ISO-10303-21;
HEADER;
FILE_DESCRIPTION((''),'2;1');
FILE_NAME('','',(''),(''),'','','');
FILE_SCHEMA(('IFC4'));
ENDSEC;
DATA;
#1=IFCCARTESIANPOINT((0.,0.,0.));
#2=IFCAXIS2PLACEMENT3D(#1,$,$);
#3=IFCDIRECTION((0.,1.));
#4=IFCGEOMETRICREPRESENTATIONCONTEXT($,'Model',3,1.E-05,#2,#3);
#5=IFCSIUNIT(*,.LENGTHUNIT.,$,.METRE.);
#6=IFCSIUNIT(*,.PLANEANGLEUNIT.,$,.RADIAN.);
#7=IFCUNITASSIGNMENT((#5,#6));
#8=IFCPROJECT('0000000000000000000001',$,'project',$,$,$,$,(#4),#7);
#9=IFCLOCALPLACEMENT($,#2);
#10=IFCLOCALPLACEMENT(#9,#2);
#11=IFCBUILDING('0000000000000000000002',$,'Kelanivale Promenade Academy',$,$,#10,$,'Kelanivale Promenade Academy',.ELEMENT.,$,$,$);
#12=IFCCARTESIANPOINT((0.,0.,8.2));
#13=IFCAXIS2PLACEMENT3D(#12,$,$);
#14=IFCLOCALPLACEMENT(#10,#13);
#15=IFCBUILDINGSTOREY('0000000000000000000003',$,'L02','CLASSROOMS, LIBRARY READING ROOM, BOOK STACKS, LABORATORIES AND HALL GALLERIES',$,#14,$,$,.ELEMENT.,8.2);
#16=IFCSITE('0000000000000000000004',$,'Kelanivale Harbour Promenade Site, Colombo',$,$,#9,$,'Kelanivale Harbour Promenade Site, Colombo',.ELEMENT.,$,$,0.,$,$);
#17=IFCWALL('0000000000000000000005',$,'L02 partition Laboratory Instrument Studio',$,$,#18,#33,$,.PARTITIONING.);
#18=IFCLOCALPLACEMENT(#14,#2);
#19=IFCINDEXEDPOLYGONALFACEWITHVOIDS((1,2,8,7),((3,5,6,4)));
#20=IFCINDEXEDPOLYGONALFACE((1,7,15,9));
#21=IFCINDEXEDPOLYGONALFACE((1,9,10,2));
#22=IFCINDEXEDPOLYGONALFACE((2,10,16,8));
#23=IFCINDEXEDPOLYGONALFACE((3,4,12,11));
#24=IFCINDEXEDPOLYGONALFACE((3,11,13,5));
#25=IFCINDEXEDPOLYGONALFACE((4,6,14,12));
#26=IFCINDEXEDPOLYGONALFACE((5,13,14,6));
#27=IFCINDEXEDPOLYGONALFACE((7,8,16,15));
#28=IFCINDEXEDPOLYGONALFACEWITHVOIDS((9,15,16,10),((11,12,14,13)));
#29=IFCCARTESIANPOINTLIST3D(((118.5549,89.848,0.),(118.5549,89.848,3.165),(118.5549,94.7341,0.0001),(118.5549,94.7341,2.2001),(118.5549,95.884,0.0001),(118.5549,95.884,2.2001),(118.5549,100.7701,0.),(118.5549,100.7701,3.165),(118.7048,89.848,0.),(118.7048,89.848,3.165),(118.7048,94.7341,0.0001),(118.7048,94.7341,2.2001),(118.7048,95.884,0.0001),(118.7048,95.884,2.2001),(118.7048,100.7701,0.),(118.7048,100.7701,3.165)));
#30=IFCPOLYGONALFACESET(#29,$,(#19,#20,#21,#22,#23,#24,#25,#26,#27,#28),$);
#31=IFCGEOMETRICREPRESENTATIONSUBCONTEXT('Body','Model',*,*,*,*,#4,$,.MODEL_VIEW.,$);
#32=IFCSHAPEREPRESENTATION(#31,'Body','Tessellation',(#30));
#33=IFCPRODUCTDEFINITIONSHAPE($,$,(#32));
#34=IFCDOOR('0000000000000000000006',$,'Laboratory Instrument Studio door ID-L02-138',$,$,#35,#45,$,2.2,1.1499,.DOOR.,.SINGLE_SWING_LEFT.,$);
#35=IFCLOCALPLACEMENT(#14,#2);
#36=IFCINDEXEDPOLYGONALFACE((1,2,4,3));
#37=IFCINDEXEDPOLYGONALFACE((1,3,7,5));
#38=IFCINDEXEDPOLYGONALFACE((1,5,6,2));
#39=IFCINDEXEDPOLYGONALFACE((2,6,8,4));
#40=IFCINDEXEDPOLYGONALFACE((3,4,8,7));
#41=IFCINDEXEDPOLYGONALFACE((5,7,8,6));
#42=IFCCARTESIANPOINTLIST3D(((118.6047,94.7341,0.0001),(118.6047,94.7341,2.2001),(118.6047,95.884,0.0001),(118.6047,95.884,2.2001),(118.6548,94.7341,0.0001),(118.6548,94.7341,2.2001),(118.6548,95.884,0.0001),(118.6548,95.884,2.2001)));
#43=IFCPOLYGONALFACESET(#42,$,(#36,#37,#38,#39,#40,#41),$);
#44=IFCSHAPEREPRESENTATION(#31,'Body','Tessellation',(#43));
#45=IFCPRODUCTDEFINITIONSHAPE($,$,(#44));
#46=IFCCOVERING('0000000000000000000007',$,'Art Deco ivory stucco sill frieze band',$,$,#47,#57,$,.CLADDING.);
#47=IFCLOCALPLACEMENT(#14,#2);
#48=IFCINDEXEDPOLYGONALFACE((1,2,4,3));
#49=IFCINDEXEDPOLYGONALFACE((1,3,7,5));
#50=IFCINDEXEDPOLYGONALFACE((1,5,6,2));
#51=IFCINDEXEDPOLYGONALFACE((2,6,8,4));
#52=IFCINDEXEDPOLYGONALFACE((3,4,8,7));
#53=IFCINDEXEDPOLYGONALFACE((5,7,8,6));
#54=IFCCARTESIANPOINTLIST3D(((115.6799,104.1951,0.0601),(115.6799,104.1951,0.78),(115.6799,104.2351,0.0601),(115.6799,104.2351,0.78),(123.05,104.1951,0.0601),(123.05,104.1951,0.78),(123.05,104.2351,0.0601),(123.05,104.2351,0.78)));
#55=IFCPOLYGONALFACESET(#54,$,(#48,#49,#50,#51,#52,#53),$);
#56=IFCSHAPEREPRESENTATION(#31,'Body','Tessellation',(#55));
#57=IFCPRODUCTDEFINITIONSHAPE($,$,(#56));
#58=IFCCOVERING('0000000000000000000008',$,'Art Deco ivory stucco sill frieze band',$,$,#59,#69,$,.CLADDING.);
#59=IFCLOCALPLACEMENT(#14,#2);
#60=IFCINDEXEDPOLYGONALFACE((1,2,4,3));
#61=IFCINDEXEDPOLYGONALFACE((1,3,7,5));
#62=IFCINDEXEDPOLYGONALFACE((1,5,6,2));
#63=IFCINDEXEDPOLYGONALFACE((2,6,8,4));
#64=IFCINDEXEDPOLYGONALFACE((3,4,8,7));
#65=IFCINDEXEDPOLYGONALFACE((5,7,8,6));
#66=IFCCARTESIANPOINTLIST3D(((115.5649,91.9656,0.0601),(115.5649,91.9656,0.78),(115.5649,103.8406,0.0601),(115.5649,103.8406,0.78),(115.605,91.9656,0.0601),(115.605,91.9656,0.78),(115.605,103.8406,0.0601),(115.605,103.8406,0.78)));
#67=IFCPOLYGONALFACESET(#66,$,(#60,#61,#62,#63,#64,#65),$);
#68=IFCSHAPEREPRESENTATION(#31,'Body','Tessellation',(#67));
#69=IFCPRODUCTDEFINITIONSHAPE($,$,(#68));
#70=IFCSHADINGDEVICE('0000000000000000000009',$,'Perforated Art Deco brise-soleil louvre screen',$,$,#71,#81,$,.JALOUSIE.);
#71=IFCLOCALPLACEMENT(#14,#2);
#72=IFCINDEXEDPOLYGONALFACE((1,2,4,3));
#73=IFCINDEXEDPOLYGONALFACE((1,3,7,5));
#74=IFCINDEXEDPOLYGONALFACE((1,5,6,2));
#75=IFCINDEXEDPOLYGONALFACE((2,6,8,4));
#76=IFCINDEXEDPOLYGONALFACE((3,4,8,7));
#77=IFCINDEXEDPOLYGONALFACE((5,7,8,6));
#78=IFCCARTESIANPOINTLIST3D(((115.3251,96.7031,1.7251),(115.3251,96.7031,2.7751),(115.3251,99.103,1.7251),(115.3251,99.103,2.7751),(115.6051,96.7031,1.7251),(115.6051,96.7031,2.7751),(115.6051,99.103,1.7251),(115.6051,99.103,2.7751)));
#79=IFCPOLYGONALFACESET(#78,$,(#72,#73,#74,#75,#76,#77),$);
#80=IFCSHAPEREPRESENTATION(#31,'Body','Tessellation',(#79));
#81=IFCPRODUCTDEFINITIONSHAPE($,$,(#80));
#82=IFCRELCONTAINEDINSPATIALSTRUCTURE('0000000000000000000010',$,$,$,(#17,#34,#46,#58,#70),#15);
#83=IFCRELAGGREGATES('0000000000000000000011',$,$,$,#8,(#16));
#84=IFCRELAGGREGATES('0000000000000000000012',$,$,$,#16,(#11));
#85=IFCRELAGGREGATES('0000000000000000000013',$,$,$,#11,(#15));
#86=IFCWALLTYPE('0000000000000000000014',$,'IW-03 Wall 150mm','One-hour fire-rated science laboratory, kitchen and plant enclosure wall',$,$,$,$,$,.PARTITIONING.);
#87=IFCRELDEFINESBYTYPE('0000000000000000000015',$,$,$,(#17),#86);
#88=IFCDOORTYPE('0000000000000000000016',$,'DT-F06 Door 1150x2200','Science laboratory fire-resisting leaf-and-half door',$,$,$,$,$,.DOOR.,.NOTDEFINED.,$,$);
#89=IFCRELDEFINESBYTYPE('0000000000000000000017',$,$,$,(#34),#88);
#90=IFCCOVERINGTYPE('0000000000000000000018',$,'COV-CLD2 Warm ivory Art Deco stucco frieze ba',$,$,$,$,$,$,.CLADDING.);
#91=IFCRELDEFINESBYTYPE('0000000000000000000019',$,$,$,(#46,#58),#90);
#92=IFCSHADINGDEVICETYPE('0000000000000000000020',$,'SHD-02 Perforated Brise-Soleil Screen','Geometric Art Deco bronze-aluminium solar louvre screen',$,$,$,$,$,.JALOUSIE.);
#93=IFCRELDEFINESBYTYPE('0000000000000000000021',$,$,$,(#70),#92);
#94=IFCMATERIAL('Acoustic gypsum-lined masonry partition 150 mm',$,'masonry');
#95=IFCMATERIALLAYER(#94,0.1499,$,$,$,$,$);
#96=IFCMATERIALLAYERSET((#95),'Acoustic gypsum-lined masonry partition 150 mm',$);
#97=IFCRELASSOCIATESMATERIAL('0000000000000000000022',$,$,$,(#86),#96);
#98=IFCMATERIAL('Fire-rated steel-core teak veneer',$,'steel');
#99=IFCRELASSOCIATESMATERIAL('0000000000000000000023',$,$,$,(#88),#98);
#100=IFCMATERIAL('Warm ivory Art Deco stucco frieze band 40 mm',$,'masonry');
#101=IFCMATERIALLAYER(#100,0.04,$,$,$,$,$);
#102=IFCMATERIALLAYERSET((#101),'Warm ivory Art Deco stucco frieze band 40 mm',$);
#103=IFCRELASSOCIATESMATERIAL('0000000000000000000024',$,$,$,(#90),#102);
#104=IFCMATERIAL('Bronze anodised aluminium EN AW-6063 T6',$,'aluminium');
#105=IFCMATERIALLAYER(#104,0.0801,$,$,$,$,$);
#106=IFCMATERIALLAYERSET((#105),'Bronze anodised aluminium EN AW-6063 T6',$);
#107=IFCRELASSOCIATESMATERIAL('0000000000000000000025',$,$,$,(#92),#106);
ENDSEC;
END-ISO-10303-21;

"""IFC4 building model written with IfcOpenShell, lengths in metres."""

from ifc_helpers import new_model, si_unit, direction, frame, frame_2d, origin, origin_2d, place, context, subcontext, project, spatial, rectangle, extrude, material, layer, layer_set, type_object, element, fill, save


model = new_model("IFC4")

# Units and contexts
model_context = context("Model", 3, precision=1e-05, world=origin(), true_north=direction((0.0, 1.0)))
body_context = subcontext(model_context, "Body", "Model", "MODEL_VIEW")
ifc_project = project(units=[si_unit("LENGTHUNIT", "METRE"), si_unit("PLANEANGLEUNIT", "RADIAN")], contexts=[model_context])

# Site, building, storey
site_placement = place(None, origin())
site = spatial("IfcSite", under=ifc_project, at=site_placement, Name="Kelanivale Harbour Promenade Site, Colombo", LongName="Kelanivale Harbour Promenade Site, Colombo", CompositionType="ELEMENT", RefElevation=0.0)
building_placement = place(site_placement, origin())
building = spatial("IfcBuilding", under=site, at=building_placement, Name="Kelanivale Promenade Academy", LongName="Kelanivale Promenade Academy", CompositionType="ELEMENT")
storey_placement = place(building_placement, frame((0.0, 0.0, 8.2)))
storey = spatial("IfcBuildingStorey", under=building, at=storey_placement, Name="L02", Description="CLASSROOMS, LIBRARY READING ROOM, BOOK STACKS, LABORATORIES AND HALL GALLERIES", CompositionType="ELEMENT", Elevation=8.2)

# Shared definitions
ifc_material_1 = material(Name="Fire-rated steel-core teak veneer", Category="steel")

# Shared definitions
ifc_material_2 = material(Name="Acoustic gypsum-lined masonry partition 150 mm", Category="masonry")
ifc_layer_1 = layer(ifc_material_2, 0.1499)
ifc_layer_set_1 = layer_set([ifc_layer_1], Name="Acoustic gypsum-lined masonry partition 150 mm")
wall_type_1 = type_object("IfcWallType", Name="IW-03 Wall 150mm", Description="One-hour fire-rated science laboratory, kitchen and plant enclosure wall", PredefinedType="PARTITIONING", material=ifc_layer_set_1)

# Wall, opening, door
wall_1_placement = place(storey_placement, frame((118.6299, 100.77, 0.0), z_axis=(0.0, 0.0, 1.0), x_axis=(0.0, -1.0, 0.0)))
wall_1 = element("IfcWall", 1, at=wall_1_placement, inside=storey, type_object=wall_type_1, Name="L02 partition Laboratory Instrument Studio", PredefinedType="PARTITIONING", context=body_context, shape_type="SweptSolid", body=[
    extrude(rectangle(XDim=10.9221, YDim=0.1499, at=frame_2d((5.4609, 0.0))), origin(), (0.0, 0.0, 1.0), 3.165),
])
opening_1_placement = place(wall_1_placement, frame((4.886, 0.0, 0.0)))
opening_1 = element("IfcOpeningElement", 2, at=opening_1_placement, cuts=wall_1, PredefinedType="OPENING", context=body_context, shape_type="SweptSolid", body=[
    extrude(rectangle(XDim=1.1499, YDim=2.2, at=frame_2d((0.575, 1.1001))), frame((0.0, 0.085, 0.0), z_axis=(0.0, -1.0, 0.0), x_axis=(1.0, 0.0, 0.0)), (0.0, 0.0, 1.0), 0.1699),
])
door_type_1 = type_object("IfcDoorType", Name="DT-F06 Door 1150x2200", Description="Science laboratory fire-resisting leaf-and-half door", OperationType="NOTDEFINED", PredefinedType="DOOR", material=ifc_material_1)
door_1_placement = place(opening_1_placement, origin())
door_1 = element("IfcDoor", 3, at=door_1_placement, inside=storey, type_object=door_type_1, Name="Laboratory Instrument Studio door ID-L02-138", OperationType="SINGLE_SWING_LEFT", OverallHeight=2.2, OverallWidth=1.1499, PredefinedType="DOOR", context=body_context, shape_type="SweptSolid", body=[
    extrude(rectangle(XDim=1.1499, YDim=2.2, at=frame_2d((0.575, 1.1001))), frame((0.0, 0.0249, 0.0), z_axis=(0.0, -1.0, 0.0), x_axis=(1.0, 0.0, 0.0)), (0.0, 0.0, 1.0), 0.05),
])
fill(opening_1, door_1)

# Coverings
ifc_material_3 = material(Name="Warm ivory Art Deco stucco frieze band 40 mm", Category="masonry")
ifc_layer_2 = layer(ifc_material_3, 0.04)
ifc_layer_set_2 = layer_set([ifc_layer_2], Name="Warm ivory Art Deco stucco frieze band 40 mm")
covering_type = type_object("IfcCoveringType", Name="COV-CLD2 Warm ivory Art Deco stucco frieze ba", PredefinedType="CLADDING", material=ifc_layer_set_2)
covering_1_placement = place(storey_placement, frame((119.365, 104.2151, 0.0601), z_axis=(0.0, 0.0, 1.0), x_axis=(-1.0, 0.0, 0.0)))
element("IfcCovering", 4, at=covering_1_placement, inside=storey, type_object=covering_type, Name="Art Deco ivory stucco sill frieze band", PredefinedType="CLADDING", context=body_context, shape_type="SweptSolid", body=[
    extrude(rectangle(XDim=7.3701, YDim=0.04, at=origin_2d()), origin(), (0.0, 0.0, 1.0), 0.72),
])
covering_2_placement = place(storey_placement, frame((115.585, 97.9031, 0.0601), z_axis=(0.0, 0.0, 1.0), x_axis=(0.0, -1.0, 0.0)))
element("IfcCovering", 5, at=covering_2_placement, inside=storey, type_object=covering_type, Name="Art Deco ivory stucco sill frieze band", PredefinedType="CLADDING", context=body_context, shape_type="SweptSolid", body=[
    extrude(rectangle(XDim=11.875, YDim=0.04, at=origin_2d()), origin(), (0.0, 0.0, 1.0), 0.72),
])

# Shading device
ifc_material_4 = material(Name="Bronze anodised aluminium EN AW-6063 T6", Category="aluminium")
ifc_layer_3 = layer(ifc_material_4, 0.0801)
ifc_layer_set_3 = layer_set([ifc_layer_3], Name="Bronze anodised aluminium EN AW-6063 T6")
shading_device_type = type_object("IfcShadingDeviceType", Name="SHD-02 Perforated Brise-Soleil Screen", Description="Geometric Art Deco bronze-aluminium solar louvre screen", PredefinedType="JALOUSIE", material=ifc_layer_set_3)
shading_device_placement = place(storey_placement, frame((115.4651, 97.9031, 1.7251), z_axis=(0.0, 0.0, 1.0), x_axis=(0.0, -1.0, 0.0)))
element("IfcShadingDevice", 6, at=shading_device_placement, inside=storey, type_object=shading_device_type, Name="Perforated Art Deco brise-soleil louvre screen", PredefinedType="JALOUSIE", context=body_context, shape_type="SweptSolid", body=[
    extrude(rectangle(XDim=2.3999, YDim=0.28, at=origin_2d()), origin(), (0.0, 0.0, 1.0), 1.05),
])

save(model, "model.ifc")
